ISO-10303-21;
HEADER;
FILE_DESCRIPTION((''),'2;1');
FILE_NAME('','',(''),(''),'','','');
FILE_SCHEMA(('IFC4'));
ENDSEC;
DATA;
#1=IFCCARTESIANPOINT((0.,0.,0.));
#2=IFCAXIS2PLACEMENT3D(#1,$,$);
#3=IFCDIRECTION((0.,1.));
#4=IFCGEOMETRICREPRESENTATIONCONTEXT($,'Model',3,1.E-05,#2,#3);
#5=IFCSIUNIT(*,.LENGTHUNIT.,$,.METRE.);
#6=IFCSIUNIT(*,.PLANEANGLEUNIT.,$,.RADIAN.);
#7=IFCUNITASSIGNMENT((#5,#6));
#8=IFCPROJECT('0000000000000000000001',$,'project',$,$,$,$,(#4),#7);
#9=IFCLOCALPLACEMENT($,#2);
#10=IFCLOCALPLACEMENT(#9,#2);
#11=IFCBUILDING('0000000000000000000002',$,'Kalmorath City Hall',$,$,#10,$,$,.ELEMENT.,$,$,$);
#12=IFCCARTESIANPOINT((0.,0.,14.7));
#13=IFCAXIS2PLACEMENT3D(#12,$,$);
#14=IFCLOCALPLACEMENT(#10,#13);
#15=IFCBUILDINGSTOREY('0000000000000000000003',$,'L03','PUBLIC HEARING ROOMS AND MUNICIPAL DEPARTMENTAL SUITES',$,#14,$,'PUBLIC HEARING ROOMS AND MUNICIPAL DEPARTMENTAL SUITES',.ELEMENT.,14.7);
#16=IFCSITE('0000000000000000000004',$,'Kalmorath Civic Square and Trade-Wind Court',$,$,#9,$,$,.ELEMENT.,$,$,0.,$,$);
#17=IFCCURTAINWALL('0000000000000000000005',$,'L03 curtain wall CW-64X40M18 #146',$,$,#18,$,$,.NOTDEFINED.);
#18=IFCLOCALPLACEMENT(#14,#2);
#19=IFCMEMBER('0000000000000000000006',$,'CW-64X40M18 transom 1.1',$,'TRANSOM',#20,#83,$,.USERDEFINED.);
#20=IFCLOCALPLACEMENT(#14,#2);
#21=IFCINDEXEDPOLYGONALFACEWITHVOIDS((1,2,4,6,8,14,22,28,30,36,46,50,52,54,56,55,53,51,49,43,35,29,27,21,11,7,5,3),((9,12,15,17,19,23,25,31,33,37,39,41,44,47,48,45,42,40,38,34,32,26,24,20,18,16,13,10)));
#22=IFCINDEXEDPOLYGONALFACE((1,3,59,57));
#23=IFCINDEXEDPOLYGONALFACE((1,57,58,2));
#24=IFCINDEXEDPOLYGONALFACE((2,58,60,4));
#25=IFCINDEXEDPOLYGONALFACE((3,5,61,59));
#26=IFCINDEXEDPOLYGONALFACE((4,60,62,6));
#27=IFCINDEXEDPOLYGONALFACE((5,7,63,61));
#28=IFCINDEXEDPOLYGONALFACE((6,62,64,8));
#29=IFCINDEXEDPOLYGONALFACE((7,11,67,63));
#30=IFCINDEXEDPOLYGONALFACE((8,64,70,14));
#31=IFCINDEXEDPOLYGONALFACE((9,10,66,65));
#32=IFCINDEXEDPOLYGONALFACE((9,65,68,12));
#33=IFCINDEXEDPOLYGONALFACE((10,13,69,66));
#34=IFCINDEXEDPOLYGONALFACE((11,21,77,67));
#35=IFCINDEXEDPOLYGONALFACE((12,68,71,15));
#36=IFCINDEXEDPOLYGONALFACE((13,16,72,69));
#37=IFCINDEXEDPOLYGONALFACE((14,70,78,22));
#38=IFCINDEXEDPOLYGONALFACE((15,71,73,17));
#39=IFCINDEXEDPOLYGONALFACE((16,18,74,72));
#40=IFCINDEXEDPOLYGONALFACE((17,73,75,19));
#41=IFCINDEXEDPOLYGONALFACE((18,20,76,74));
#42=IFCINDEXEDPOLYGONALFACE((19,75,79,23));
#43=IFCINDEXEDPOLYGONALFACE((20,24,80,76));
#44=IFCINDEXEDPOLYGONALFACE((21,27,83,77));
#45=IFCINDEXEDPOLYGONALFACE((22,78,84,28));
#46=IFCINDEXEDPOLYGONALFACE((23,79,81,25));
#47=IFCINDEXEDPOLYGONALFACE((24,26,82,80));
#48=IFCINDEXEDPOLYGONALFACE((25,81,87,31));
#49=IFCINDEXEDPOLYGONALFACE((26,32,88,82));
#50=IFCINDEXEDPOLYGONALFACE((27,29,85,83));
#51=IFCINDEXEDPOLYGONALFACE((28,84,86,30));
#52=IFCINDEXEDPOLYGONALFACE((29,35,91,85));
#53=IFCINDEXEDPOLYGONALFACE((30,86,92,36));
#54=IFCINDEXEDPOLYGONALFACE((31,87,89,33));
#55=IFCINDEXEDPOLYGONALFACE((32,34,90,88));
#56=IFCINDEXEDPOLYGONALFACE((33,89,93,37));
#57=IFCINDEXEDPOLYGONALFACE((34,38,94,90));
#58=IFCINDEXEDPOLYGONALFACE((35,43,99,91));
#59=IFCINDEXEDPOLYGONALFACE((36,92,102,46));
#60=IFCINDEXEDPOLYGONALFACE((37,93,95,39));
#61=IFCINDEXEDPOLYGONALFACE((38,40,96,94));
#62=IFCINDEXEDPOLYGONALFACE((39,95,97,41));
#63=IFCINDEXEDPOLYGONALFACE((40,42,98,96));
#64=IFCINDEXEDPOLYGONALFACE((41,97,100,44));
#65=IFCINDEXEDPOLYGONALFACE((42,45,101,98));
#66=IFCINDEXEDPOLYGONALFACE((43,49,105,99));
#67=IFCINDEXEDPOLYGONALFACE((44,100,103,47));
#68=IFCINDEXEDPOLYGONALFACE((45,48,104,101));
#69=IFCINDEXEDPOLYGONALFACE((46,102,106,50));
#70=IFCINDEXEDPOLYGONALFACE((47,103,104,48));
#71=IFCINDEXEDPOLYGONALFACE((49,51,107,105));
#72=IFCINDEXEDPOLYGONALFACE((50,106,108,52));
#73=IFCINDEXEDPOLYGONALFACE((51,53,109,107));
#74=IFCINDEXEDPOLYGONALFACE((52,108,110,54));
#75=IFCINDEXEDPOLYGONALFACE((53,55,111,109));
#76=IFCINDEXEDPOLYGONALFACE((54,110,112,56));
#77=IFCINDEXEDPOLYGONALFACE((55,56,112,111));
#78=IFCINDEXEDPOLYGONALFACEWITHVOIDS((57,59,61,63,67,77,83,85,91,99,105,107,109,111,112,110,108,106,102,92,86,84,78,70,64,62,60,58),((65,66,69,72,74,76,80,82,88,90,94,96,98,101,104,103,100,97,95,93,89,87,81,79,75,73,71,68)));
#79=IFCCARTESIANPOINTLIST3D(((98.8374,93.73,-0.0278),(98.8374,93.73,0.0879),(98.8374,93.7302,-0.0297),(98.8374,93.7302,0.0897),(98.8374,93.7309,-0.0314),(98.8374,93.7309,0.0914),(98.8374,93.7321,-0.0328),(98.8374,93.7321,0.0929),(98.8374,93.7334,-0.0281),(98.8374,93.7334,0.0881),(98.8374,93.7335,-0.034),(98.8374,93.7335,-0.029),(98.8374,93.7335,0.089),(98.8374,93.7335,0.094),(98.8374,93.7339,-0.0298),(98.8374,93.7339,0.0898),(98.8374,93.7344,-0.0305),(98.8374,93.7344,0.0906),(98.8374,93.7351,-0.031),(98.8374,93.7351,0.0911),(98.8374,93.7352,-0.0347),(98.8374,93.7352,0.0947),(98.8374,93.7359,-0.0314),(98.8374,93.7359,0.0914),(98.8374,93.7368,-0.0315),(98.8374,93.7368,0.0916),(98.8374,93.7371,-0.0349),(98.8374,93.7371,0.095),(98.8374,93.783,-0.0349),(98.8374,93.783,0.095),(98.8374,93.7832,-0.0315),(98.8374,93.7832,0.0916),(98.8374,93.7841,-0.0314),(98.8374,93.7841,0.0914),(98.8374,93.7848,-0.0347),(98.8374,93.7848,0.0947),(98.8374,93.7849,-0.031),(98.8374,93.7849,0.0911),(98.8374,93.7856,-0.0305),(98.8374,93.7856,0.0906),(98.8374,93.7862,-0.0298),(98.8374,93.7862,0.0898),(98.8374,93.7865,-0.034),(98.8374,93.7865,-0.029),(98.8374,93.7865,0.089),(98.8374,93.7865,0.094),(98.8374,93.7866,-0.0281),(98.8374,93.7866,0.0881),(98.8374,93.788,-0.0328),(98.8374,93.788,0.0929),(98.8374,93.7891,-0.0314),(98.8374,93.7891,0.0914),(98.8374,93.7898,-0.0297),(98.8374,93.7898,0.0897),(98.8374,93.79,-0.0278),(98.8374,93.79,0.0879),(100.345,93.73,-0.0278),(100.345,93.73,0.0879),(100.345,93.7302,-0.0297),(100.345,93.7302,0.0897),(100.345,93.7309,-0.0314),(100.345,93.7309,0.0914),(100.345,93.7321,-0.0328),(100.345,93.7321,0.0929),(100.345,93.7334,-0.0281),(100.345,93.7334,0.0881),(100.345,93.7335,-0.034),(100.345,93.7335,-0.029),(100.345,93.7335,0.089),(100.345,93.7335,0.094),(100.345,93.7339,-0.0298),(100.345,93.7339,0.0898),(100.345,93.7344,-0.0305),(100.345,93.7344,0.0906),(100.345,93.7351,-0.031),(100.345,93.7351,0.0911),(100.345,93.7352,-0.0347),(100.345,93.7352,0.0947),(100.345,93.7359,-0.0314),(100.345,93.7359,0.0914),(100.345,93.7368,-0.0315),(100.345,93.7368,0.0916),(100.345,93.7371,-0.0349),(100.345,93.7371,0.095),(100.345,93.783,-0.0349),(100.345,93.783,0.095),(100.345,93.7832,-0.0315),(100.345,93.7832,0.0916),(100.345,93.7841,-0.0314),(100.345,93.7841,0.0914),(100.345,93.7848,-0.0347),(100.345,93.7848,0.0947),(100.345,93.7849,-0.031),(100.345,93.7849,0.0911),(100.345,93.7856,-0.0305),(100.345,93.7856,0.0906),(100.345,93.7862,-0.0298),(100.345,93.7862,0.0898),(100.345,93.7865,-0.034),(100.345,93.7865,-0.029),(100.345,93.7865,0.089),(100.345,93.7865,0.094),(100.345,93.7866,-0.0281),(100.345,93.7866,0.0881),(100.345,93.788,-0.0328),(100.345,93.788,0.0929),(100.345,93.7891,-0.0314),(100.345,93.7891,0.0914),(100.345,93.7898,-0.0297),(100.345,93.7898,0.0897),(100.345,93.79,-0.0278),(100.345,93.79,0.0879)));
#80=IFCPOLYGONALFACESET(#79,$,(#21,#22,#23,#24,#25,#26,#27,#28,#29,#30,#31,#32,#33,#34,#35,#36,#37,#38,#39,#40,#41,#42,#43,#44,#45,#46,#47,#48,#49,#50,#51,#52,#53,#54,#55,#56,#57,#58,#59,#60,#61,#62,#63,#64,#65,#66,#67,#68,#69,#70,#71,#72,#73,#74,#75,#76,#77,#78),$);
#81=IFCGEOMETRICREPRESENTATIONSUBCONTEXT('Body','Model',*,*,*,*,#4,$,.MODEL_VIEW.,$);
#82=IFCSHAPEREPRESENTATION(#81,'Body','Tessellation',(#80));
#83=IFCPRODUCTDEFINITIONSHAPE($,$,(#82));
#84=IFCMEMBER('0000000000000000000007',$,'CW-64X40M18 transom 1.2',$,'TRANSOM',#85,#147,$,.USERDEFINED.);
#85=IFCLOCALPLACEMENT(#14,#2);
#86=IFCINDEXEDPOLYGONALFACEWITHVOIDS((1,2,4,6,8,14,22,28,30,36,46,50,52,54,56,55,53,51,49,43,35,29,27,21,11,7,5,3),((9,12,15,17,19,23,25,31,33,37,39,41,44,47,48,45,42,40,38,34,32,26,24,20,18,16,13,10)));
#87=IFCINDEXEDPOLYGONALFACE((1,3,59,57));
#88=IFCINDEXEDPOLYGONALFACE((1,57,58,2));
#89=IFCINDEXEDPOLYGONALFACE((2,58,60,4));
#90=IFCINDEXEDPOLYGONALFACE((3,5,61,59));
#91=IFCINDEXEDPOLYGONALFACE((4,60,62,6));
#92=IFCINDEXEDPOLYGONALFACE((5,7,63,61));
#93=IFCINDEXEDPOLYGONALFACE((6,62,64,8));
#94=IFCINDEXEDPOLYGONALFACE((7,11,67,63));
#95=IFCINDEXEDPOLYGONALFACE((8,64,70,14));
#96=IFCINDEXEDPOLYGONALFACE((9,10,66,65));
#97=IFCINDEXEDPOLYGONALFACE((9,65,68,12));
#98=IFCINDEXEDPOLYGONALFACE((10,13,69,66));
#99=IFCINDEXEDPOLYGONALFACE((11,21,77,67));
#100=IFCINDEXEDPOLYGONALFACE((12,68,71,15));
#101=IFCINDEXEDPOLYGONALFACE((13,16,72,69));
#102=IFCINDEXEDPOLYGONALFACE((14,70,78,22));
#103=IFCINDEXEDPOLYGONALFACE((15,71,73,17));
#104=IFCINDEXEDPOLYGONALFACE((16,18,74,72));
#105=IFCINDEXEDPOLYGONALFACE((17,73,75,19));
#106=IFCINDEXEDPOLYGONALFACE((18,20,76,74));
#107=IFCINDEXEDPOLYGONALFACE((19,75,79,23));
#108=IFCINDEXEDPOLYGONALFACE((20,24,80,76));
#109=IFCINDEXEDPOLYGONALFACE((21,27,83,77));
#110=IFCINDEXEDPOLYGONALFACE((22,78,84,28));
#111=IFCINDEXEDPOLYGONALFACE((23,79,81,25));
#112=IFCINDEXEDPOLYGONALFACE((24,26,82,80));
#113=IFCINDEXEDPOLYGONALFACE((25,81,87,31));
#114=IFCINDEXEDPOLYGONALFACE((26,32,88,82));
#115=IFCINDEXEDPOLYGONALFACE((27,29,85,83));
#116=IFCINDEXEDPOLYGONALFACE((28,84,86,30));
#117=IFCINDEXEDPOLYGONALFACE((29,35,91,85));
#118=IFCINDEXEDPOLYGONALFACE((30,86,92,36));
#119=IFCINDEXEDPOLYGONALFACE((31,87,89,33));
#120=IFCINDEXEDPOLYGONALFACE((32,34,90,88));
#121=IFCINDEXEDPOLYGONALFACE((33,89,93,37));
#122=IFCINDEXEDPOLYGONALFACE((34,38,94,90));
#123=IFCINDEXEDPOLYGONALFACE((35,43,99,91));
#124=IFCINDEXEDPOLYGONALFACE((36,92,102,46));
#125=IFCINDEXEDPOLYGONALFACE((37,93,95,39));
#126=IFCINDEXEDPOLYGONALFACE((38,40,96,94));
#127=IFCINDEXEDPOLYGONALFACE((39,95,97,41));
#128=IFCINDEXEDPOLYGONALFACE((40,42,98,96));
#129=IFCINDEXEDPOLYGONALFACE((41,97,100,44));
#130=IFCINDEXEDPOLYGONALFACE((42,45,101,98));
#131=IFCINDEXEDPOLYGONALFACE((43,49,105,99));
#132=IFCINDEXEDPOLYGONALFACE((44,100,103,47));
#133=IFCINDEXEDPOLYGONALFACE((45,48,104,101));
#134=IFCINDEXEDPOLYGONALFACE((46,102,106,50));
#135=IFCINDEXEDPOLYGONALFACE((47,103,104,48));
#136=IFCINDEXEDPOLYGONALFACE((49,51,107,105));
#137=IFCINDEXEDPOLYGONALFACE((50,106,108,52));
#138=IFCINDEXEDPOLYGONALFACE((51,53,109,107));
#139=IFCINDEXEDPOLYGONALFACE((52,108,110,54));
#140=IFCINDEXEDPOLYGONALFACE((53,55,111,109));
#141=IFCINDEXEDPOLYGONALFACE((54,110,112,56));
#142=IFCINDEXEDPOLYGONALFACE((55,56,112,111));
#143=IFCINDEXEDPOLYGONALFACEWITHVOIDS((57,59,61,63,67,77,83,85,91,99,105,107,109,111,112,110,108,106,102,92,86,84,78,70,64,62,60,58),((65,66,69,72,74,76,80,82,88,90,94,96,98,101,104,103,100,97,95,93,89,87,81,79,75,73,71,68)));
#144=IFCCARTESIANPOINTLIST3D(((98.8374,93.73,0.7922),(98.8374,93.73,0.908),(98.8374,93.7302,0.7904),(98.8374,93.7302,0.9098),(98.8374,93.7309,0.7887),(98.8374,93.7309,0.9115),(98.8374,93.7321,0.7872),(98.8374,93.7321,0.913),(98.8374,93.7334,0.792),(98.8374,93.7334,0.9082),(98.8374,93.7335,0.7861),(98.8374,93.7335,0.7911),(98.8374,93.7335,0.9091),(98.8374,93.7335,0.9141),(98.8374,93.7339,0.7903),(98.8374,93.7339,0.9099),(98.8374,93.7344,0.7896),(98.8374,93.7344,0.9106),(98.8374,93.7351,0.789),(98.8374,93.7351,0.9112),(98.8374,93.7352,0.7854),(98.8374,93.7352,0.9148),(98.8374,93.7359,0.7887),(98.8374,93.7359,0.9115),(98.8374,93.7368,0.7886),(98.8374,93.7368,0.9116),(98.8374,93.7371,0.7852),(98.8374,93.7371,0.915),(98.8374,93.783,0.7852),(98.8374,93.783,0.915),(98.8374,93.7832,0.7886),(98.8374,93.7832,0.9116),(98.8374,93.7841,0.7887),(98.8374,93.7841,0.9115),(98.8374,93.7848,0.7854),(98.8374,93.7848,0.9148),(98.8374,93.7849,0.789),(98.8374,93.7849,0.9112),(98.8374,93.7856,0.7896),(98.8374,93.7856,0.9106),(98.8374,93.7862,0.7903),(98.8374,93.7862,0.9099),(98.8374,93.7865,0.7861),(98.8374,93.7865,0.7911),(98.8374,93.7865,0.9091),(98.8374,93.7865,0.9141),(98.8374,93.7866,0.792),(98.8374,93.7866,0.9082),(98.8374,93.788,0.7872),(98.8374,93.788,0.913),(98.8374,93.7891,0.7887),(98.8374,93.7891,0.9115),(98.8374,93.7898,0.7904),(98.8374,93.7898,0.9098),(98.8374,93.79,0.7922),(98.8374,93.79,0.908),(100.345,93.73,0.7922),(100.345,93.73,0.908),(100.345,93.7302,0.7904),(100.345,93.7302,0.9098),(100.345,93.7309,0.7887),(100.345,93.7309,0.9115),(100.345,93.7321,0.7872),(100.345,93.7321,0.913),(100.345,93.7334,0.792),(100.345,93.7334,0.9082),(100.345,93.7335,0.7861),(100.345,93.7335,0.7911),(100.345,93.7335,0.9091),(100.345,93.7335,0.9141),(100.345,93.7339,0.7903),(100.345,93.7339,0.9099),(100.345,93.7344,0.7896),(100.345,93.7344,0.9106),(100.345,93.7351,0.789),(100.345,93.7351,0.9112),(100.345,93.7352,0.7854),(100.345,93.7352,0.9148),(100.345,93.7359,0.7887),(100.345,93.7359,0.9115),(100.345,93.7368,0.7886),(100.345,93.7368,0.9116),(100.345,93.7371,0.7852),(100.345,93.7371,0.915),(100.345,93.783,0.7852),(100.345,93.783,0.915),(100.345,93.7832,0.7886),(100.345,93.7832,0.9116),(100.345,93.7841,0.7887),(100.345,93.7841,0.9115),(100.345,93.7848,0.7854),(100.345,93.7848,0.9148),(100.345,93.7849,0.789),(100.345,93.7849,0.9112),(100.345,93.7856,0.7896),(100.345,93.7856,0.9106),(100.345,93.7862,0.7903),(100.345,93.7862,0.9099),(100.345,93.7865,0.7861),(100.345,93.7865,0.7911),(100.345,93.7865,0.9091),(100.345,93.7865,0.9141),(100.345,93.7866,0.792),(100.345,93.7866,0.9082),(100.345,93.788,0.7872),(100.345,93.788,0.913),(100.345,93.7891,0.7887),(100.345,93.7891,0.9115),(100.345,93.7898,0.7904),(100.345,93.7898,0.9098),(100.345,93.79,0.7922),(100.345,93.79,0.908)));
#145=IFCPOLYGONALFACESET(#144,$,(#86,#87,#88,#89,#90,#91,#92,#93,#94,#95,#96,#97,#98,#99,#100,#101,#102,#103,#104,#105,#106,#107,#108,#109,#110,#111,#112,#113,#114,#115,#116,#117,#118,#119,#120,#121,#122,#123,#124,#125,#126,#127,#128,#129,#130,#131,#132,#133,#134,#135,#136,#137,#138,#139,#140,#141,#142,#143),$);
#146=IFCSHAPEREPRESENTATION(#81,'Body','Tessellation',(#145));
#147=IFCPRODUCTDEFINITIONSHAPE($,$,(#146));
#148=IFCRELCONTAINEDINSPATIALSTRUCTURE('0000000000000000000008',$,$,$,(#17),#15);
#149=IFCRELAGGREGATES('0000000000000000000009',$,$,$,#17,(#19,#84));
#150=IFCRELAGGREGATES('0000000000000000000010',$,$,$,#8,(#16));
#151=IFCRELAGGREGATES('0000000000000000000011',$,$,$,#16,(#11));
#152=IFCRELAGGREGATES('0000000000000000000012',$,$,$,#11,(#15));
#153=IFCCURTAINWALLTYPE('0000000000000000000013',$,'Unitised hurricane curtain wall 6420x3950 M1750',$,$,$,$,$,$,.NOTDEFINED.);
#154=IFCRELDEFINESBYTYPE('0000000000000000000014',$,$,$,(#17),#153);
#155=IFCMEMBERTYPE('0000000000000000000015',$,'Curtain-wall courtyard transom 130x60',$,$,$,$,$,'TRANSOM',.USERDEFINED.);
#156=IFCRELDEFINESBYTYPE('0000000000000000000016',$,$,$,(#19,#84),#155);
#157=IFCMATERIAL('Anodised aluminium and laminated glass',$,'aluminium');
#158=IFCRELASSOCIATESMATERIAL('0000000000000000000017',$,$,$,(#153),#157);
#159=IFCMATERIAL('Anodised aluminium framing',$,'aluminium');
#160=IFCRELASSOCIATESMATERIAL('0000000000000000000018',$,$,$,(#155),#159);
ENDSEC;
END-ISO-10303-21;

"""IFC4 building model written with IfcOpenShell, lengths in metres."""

from ifc_helpers import new_model, si_unit, direction, frame, origin, origin_2d, place, context, subcontext, project, spatial, hollow_rectangle, extrude, material, material_profile, profile_set, type_object, element, aggregate, save


model = new_model("IFC4")

# Units and contexts
model_context = context("Model", 3, precision=1e-05, world=origin(), true_north=direction((0.0, 1.0)))
body_context = subcontext(model_context, "Body", "Model", "MODEL_VIEW")
ifc_project = project(units=[si_unit("LENGTHUNIT", "METRE"), si_unit("PLANEANGLEUNIT", "RADIAN")], contexts=[model_context])

# Site, building, storey
site_placement = place(None, origin())
site = spatial("IfcSite", under=ifc_project, at=site_placement, Name="Kalmorath Civic Square and Trade-Wind Court", CompositionType="ELEMENT", RefElevation=0.0)
building_placement = place(site_placement, origin())
building = spatial("IfcBuilding", under=site, at=building_placement, Name="Kalmorath City Hall", CompositionType="ELEMENT")
storey_placement = place(building_placement, frame((0.0, 0.0, 14.7)))
storey = spatial("IfcBuildingStorey", under=building, at=storey_placement, Name="L03", Description="PUBLIC HEARING ROOMS AND MUNICIPAL DEPARTMENTAL SUITES", LongName="PUBLIC HEARING ROOMS AND MUNICIPAL DEPARTMENTAL SUITES", CompositionType="ELEMENT", Elevation=14.7)

# Curtain wall, members
ifc_material_1 = material(Name="Anodised aluminium and laminated glass", Category="aluminium")
curtain_wall_type = type_object("IfcCurtainWallType", Name="Unitised hurricane curtain wall 6420x3950 M1750", PredefinedType="NOTDEFINED", material=ifc_material_1)
curtain_wall_placement = place(storey_placement, origin())
curtain_wall = element("IfcCurtainWall", 1, at=curtain_wall_placement, inside=storey, type_object=curtain_wall_type, Name="L03 curtain wall CW-64X40M18 #146", PredefinedType="NOTDEFINED")
ifc_material_2 = material(Name="Anodised aluminium framing", Category="aluminium")
ifc_material_profile_1 = material_profile(ifc_material_2, hollow_rectangle(XDim=0.0601, YDim=0.1299, WallThickness=0.0034, InnerFilletRadius=0.0034, OuterFilletRadius=0.0071, at=origin_2d()), Name="ALU-TRN-130X60X3.5")
ifc_profile_set_1 = profile_set([ifc_material_profile_1], Name="Anodised aluminium framing")
member_type_1 = type_object("IfcMemberType", Name="Curtain-wall courtyard transom 130x60", ElementType="TRANSOM", PredefinedType="USERDEFINED", material=ifc_profile_set_1)
member_1_placement = place(storey_placement, frame((100.345, 93.76, 0.03), z_axis=(-1.0, 0.0, 0.0), x_axis=(0.0, -1.0, 0.0)))
member_1 = element("IfcMember", 2, at=member_1_placement, type_object=member_type_1, Name="CW-64X40M18 transom 1.1", ObjectType="TRANSOM", PredefinedType="USERDEFINED", context=body_context, shape_type="SweptSolid", body=[
    extrude(hollow_rectangle(XDim=0.0601, YDim=0.1299, WallThickness=0.0034, InnerFilletRadius=0.0034, OuterFilletRadius=0.0071, at=origin_2d()), origin(), (0.0, 0.0, 1.0), 1.5076),
])
member_2_placement = place(storey_placement, frame((100.345, 93.76, 0.8501), z_axis=(-1.0, 0.0, 0.0), x_axis=(0.0, -1.0, 0.0)))
member_2 = element("IfcMember", 3, at=member_2_placement, type_object=member_type_1, Name="CW-64X40M18 transom 1.2", ObjectType="TRANSOM", PredefinedType="USERDEFINED", context=body_context, shape_type="SweptSolid", body=[
    extrude(hollow_rectangle(XDim=0.0601, YDim=0.1299, WallThickness=0.0034, InnerFilletRadius=0.0034, OuterFilletRadius=0.0071, at=origin_2d()), origin(), (0.0, 0.0, 1.0), 1.5076),
])

aggregate(curtain_wall, [member_1, member_2])

save(model, "model.ifc")
